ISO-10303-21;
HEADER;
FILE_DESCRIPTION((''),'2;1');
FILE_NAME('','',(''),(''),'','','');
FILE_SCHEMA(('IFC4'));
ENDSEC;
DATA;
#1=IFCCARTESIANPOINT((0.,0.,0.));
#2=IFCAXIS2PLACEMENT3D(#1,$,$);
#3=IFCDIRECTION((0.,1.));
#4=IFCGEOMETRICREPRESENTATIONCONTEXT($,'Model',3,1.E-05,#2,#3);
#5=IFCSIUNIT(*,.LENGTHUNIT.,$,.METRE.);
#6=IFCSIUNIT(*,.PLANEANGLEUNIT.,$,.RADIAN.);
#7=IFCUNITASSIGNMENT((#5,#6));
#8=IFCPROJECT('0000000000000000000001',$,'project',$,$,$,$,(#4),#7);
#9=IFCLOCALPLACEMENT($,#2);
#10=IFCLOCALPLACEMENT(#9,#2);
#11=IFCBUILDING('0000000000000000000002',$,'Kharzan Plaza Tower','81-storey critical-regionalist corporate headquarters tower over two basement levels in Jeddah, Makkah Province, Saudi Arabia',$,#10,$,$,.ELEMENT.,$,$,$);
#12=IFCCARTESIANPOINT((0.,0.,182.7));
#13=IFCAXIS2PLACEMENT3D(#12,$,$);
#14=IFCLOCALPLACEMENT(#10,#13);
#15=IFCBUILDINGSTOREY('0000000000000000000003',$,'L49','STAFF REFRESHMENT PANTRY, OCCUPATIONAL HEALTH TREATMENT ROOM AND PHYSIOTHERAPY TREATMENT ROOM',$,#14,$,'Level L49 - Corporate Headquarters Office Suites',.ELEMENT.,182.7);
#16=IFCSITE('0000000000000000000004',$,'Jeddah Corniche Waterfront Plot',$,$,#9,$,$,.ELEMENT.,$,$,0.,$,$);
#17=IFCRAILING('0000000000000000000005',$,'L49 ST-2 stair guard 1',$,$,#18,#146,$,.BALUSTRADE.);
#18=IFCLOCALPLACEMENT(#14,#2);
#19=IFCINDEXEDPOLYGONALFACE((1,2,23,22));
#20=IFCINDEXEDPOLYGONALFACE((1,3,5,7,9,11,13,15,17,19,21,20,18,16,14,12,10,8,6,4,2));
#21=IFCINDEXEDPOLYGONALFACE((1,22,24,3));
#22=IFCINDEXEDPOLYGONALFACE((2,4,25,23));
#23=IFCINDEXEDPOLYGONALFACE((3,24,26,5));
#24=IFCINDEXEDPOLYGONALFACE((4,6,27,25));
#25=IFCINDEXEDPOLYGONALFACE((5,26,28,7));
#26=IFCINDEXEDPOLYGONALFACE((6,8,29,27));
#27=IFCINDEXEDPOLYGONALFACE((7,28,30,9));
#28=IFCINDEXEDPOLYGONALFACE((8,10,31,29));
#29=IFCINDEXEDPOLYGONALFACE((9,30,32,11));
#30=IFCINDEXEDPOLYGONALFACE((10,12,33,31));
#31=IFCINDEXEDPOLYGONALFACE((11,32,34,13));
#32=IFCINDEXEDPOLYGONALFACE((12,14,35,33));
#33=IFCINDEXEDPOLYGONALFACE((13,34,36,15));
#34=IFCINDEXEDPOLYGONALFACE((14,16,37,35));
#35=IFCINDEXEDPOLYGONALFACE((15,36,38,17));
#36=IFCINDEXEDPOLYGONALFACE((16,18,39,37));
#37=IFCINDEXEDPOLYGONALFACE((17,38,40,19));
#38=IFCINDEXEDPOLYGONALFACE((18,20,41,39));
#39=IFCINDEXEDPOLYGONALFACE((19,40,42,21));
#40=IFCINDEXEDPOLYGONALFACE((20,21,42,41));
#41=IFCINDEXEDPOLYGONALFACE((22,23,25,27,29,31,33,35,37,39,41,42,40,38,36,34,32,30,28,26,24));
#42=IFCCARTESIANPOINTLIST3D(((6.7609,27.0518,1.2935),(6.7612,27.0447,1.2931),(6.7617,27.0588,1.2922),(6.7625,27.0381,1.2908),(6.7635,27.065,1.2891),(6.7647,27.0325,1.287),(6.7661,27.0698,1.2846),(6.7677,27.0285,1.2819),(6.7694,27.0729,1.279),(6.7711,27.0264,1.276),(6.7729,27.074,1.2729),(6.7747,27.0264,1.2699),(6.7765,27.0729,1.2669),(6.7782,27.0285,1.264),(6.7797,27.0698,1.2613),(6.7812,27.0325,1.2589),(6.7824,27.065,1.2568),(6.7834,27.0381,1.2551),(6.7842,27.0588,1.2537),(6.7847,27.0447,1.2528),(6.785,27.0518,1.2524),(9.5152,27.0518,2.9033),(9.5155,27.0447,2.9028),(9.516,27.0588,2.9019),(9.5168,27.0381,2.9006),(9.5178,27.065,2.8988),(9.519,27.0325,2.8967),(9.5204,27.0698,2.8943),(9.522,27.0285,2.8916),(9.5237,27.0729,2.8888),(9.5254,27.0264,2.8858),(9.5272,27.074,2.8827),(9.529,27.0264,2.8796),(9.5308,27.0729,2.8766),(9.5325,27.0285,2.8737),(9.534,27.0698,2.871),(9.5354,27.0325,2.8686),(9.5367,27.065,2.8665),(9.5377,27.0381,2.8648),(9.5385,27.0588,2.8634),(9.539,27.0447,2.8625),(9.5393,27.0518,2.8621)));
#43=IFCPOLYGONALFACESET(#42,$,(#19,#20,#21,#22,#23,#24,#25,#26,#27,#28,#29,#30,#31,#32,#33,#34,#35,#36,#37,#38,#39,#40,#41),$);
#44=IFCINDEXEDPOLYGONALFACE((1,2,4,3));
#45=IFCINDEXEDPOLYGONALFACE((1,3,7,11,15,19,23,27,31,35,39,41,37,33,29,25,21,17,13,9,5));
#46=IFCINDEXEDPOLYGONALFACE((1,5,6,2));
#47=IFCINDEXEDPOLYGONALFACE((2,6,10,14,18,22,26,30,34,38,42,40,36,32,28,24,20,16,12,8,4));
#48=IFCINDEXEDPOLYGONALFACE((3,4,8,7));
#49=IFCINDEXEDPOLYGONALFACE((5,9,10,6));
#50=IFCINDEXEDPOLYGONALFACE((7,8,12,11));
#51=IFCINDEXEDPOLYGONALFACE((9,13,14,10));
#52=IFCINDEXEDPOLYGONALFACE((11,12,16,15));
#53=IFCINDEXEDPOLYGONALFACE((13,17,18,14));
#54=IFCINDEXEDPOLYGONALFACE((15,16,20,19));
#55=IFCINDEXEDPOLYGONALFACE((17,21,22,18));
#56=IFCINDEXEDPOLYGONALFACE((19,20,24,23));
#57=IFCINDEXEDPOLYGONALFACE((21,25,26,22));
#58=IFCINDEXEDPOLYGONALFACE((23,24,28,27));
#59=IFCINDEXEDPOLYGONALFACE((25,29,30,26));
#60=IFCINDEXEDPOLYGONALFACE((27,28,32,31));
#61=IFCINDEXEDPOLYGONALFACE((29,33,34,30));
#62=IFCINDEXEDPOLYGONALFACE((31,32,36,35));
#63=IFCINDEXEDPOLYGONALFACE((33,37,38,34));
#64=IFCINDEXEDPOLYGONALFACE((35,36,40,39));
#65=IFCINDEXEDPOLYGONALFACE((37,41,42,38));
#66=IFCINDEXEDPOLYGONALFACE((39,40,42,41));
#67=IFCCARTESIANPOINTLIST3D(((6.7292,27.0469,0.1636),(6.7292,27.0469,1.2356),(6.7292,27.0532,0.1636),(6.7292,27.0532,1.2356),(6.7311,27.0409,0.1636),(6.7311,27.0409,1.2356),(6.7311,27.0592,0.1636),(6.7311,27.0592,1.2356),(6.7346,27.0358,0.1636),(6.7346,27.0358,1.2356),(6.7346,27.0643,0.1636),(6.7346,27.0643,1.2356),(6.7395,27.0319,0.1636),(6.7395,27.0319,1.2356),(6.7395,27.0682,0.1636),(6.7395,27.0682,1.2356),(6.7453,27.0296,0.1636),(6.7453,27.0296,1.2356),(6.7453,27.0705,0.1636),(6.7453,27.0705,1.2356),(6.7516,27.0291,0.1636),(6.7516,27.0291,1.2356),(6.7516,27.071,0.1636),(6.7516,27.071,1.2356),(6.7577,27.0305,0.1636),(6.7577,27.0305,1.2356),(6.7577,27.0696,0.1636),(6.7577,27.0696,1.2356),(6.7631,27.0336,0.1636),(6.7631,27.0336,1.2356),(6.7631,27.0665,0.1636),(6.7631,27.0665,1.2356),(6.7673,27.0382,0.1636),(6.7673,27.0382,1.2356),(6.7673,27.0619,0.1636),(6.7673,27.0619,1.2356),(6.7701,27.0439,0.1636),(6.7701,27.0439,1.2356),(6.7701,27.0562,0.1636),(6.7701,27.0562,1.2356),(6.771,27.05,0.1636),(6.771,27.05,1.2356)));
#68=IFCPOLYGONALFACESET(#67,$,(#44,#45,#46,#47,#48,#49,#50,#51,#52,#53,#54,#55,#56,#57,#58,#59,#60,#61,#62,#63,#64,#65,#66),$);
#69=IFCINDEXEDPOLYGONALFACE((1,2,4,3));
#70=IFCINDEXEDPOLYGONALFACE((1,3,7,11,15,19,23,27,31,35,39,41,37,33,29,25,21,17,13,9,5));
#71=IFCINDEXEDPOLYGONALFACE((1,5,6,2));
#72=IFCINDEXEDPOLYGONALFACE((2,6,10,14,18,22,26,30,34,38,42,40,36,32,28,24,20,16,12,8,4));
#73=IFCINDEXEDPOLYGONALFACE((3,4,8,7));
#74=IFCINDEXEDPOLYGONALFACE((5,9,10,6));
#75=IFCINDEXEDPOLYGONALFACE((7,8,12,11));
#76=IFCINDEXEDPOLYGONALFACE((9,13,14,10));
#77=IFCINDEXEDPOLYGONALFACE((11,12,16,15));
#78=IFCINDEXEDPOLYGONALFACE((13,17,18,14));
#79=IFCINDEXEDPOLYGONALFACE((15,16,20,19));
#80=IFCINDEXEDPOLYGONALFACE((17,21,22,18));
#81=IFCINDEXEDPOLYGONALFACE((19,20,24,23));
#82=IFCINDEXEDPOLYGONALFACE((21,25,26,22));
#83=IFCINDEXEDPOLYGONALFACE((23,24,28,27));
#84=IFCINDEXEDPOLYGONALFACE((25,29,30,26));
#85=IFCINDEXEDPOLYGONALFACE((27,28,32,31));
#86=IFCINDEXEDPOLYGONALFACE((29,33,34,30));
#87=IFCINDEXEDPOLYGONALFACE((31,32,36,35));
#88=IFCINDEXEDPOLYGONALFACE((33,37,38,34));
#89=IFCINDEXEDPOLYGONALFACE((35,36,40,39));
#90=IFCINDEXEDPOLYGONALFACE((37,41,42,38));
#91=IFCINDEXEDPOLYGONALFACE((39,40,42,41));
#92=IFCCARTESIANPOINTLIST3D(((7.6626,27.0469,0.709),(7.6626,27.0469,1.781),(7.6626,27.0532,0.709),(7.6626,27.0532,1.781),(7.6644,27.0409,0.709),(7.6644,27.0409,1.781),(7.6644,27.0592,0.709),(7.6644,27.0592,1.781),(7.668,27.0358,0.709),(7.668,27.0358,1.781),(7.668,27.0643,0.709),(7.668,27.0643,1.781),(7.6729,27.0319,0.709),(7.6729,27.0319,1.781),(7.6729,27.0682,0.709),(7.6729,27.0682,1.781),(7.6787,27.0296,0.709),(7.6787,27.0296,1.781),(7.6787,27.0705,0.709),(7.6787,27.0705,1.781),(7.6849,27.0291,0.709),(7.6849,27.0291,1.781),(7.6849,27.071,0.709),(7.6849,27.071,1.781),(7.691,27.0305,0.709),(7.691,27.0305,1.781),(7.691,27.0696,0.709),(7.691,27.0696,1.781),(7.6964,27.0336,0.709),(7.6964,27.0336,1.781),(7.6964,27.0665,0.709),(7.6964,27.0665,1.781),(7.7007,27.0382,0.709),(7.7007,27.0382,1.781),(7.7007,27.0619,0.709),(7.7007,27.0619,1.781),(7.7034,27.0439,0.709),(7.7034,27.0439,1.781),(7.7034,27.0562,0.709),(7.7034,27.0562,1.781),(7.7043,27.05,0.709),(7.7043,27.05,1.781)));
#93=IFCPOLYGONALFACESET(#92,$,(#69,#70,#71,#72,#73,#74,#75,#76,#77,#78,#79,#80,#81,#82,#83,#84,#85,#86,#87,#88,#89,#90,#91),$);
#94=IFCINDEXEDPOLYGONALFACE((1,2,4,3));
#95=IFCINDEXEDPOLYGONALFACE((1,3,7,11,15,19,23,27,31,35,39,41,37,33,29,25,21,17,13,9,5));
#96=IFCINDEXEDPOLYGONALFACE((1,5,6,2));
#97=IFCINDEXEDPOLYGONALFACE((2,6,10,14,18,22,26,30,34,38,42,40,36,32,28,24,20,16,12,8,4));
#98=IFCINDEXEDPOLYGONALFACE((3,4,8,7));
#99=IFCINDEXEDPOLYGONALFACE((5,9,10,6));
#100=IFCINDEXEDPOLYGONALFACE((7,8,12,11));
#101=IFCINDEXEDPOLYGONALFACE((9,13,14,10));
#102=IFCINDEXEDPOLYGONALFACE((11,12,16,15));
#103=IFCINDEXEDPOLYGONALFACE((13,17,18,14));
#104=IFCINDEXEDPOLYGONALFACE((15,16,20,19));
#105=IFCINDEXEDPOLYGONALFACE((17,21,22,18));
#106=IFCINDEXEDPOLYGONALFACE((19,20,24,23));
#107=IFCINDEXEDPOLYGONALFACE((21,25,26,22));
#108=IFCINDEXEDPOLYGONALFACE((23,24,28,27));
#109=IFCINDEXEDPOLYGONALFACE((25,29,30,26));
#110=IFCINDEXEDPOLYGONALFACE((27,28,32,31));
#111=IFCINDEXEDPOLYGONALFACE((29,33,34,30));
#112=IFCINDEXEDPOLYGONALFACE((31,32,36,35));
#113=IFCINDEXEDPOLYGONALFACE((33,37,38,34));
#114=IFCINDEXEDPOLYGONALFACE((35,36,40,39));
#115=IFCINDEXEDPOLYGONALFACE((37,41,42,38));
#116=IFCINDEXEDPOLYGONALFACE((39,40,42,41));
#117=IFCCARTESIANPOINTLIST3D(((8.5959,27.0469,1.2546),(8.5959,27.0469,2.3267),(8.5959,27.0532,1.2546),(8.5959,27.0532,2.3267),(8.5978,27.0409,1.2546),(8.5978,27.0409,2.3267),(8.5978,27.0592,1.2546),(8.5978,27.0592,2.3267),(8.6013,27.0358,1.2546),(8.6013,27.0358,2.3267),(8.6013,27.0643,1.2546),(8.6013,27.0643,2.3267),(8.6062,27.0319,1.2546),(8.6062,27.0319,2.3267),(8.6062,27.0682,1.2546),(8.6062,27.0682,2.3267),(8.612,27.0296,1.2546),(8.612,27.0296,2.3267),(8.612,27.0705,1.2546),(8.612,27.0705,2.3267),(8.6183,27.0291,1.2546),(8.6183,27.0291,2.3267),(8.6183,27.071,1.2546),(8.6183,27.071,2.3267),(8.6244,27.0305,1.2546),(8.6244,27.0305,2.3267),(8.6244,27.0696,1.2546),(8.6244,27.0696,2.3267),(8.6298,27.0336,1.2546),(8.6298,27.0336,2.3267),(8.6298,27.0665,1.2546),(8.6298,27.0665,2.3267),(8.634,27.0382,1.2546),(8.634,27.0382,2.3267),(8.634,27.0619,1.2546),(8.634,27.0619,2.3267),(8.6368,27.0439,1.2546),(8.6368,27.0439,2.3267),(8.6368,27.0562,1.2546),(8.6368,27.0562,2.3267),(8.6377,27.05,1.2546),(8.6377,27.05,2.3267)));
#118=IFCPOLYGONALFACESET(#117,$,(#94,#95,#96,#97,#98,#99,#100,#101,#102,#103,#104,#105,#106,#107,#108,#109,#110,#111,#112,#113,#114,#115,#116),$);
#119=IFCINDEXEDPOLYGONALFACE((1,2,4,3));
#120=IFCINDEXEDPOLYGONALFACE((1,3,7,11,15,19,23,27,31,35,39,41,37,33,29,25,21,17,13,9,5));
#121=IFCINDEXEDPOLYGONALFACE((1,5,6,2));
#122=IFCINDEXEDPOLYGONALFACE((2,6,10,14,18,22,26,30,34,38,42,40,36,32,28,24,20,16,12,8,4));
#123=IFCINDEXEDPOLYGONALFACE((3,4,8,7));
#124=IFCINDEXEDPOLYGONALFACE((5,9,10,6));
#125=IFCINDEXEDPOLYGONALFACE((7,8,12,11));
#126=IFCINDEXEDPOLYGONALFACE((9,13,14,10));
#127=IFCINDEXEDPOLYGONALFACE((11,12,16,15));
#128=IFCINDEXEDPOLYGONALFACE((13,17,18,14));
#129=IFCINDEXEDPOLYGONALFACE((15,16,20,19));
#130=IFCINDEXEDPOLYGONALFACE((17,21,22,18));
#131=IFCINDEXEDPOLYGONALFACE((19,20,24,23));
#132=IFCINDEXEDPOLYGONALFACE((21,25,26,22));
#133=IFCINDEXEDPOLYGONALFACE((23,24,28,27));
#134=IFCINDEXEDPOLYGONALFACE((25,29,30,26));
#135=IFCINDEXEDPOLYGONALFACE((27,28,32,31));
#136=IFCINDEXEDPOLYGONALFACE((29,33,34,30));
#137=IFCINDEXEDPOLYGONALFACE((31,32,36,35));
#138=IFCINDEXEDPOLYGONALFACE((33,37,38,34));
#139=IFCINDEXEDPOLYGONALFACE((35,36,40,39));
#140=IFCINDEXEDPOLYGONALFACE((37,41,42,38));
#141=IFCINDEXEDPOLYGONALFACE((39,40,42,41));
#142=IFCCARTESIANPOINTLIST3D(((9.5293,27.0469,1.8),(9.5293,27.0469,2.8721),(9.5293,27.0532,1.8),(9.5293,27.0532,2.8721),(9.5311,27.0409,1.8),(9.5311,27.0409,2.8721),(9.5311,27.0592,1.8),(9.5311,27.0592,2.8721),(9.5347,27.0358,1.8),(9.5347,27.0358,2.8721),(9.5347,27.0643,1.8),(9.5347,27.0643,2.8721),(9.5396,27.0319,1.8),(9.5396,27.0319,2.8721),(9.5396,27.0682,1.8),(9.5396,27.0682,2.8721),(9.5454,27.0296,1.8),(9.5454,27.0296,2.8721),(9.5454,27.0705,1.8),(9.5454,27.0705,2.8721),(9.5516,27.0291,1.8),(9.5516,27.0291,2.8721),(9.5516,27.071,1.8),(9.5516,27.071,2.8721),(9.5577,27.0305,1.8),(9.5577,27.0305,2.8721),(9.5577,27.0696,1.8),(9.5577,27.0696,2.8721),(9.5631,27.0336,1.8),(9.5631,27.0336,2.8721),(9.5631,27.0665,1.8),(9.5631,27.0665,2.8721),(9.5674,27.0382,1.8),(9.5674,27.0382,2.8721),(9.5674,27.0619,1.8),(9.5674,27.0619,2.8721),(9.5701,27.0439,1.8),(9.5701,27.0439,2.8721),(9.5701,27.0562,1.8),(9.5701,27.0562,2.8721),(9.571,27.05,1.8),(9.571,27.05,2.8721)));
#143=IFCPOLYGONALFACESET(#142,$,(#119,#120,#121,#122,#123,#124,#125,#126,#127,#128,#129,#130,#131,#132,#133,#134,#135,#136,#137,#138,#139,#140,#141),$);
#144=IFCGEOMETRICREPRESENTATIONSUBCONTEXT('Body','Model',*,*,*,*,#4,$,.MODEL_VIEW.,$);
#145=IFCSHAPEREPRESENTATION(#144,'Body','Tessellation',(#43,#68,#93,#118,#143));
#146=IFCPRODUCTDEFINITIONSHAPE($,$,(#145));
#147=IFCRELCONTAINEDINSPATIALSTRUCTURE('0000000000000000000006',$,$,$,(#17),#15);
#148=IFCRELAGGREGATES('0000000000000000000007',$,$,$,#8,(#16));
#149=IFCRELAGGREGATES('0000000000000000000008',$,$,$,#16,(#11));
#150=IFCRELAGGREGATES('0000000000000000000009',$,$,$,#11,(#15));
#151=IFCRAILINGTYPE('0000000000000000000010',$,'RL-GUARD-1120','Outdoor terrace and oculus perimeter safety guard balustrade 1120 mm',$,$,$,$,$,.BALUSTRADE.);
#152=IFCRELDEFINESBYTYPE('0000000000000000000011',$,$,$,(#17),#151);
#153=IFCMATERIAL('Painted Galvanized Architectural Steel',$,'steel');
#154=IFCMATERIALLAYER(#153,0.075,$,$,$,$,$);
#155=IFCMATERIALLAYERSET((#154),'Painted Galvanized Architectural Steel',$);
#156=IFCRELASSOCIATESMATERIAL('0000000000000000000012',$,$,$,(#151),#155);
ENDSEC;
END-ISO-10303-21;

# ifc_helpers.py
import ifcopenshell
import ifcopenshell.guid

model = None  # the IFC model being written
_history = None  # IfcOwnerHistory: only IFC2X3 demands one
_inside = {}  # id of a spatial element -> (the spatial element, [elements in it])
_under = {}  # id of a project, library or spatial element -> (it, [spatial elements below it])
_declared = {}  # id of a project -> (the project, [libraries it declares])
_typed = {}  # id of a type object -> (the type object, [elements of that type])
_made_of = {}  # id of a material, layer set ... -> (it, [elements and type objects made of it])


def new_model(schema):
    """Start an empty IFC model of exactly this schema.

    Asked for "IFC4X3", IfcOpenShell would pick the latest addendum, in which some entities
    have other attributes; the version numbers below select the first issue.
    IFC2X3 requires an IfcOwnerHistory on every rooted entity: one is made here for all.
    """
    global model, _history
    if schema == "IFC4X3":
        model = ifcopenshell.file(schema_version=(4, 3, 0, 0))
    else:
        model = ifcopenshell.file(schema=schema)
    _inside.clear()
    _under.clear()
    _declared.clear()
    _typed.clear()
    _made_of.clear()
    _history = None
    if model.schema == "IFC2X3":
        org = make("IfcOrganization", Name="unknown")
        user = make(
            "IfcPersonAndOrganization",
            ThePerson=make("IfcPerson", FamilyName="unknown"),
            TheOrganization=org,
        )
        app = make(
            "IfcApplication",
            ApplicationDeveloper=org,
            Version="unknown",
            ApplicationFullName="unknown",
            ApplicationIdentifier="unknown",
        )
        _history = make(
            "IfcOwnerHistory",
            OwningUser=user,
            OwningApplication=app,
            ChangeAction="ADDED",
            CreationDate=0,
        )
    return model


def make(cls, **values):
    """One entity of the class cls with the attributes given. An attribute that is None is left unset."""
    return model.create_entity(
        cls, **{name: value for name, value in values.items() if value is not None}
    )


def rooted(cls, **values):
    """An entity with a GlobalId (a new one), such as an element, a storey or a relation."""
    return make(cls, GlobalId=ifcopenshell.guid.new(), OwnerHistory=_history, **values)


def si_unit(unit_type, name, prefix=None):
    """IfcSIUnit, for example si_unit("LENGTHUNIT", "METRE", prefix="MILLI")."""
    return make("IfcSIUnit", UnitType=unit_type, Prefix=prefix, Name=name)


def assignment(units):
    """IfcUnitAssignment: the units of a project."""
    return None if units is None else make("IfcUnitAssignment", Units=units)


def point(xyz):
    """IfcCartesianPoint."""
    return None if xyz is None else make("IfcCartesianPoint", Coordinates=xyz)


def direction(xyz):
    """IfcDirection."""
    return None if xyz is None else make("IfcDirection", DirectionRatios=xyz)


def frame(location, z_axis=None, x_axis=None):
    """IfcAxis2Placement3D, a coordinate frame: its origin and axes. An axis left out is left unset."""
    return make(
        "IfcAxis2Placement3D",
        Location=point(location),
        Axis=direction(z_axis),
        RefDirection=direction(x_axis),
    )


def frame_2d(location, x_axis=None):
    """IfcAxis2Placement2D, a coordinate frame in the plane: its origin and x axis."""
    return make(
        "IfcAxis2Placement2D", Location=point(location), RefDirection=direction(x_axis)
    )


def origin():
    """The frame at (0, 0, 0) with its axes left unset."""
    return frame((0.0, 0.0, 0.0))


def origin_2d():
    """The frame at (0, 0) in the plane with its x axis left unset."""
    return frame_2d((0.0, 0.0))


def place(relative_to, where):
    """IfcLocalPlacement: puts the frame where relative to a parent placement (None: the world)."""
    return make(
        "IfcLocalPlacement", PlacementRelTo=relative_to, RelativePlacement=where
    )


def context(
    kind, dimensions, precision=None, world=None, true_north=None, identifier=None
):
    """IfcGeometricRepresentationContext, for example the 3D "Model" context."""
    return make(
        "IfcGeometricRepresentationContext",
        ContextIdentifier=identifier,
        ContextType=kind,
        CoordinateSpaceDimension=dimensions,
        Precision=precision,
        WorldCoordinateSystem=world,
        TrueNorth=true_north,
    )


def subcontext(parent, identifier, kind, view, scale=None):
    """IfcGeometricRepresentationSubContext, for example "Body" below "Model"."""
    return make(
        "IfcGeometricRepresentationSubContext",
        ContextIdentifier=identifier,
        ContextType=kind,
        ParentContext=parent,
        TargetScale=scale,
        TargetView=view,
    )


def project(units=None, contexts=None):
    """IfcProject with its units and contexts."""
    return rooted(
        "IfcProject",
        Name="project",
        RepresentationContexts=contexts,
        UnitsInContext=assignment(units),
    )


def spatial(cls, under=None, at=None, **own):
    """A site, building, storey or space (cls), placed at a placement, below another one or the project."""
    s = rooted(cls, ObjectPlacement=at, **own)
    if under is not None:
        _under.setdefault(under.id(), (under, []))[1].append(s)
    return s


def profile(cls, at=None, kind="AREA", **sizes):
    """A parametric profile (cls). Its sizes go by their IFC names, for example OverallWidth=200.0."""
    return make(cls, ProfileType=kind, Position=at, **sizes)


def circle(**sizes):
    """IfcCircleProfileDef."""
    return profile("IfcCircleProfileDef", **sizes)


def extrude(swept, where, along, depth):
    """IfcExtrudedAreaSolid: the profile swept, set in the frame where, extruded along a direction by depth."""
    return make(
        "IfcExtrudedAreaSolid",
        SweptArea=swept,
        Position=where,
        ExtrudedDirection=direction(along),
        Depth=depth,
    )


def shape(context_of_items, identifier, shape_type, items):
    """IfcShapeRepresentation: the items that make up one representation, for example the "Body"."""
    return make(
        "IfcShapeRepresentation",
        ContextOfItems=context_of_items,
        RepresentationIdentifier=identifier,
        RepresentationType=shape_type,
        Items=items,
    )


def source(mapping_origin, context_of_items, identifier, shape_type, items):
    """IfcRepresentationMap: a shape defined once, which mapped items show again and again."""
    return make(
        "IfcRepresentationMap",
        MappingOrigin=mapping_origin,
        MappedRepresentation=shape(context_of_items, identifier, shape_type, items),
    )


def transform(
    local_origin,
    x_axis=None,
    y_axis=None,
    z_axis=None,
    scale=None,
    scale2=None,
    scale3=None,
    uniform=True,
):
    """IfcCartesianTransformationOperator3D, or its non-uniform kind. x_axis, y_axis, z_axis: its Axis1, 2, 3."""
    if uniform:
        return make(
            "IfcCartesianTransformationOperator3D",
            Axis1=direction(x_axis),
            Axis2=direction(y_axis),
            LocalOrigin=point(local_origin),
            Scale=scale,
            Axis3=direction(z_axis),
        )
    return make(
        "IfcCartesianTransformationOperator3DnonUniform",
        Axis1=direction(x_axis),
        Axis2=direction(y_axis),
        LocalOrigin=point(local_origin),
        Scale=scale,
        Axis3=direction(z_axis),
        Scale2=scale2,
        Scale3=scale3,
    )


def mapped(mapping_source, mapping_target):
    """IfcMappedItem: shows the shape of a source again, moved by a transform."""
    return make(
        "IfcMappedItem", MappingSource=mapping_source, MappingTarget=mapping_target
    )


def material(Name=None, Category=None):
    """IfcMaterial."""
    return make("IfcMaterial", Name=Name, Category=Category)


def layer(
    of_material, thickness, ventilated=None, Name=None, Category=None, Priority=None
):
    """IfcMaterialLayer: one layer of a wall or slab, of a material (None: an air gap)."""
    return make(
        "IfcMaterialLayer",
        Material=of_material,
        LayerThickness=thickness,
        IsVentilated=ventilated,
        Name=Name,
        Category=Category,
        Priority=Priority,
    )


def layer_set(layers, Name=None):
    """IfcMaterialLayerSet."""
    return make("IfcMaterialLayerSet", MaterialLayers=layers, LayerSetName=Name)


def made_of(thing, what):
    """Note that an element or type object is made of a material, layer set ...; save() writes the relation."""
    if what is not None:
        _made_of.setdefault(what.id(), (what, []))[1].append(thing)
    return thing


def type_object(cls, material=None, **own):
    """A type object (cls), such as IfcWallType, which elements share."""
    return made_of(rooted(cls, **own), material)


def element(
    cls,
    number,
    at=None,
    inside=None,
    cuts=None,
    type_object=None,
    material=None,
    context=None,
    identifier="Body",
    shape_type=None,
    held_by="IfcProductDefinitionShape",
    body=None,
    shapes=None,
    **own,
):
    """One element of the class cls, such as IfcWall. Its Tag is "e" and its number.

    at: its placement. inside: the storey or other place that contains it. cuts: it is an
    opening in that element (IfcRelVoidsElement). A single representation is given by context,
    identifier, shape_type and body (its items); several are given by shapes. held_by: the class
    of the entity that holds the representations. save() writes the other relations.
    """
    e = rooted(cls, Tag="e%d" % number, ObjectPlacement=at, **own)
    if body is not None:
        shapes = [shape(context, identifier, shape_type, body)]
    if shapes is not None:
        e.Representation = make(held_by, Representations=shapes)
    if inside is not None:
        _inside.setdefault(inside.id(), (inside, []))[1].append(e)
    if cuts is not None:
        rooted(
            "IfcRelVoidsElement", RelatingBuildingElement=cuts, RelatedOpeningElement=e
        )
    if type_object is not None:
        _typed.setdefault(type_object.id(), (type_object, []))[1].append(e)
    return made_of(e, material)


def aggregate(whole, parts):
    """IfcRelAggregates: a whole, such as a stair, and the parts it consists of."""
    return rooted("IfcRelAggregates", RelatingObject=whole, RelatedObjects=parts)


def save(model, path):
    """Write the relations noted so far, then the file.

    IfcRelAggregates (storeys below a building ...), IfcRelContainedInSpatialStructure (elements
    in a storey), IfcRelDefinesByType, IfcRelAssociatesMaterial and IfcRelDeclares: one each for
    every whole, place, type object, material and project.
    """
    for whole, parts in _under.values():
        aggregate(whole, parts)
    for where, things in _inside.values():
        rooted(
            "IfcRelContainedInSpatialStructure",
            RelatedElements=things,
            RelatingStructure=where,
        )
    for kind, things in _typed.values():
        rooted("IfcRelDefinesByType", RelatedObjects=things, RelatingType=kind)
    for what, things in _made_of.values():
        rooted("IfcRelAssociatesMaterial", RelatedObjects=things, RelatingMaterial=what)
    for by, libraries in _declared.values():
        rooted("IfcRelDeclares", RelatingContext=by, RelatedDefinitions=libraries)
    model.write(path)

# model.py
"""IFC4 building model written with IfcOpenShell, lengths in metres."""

from ifc_helpers import new_model, si_unit, direction, frame, origin, origin_2d, place, context, subcontext, project, spatial, circle, extrude, source, transform, mapped, material, layer, layer_set, type_object, element, save


model = new_model("IFC4")

# Units and contexts
model_context = context("Model", 3, precision=1e-05, world=origin(), true_north=direction((0.0, 1.0)))
body_context = subcontext(model_context, "Body", "Model", "MODEL_VIEW")
ifc_project = project(units=[si_unit("LENGTHUNIT", "METRE"), si_unit("PLANEANGLEUNIT", "RADIAN")], contexts=[model_context])

# Site, building, storey
site_placement = place(None, origin())
site = spatial("IfcSite", under=ifc_project, at=site_placement, Name="Jeddah Corniche Waterfront Plot", CompositionType="ELEMENT", RefElevation=0.0)
building_placement = place(site_placement, origin())
building = spatial("IfcBuilding", under=site, at=building_placement, Name="Kharzan Plaza Tower", Description="81-storey critical-regionalist corporate headquarters tower over two basement levels in Jeddah, Makkah Province, Saudi Arabia", CompositionType="ELEMENT")
storey_placement = place(building_placement, frame((0.0, 0.0, 182.7)))
storey = spatial("IfcBuildingStorey", under=building, at=storey_placement, Name="L49", Description="STAFF REFRESHMENT PANTRY, OCCUPATIONAL HEALTH TREATMENT ROOM AND PHYSIOTHERAPY TREATMENT ROOM", LongName="Level L49 - Corporate Headquarters Office Suites", CompositionType="ELEMENT", Elevation=182.7)

# Railing
ifc_material_1 = material(Name="Painted Galvanized Architectural Steel", Category="steel")
ifc_layer_1 = layer(ifc_material_1, 0.075)
ifc_layer_set_1 = layer_set([ifc_layer_1], Name="Painted Galvanized Architectural Steel")
railing_type_1 = type_object("IfcRailingType", Name="RL-GUARD-1120", Description="Outdoor terrace and oculus perimeter safety guard balustrade 1120 mm", PredefinedType="BALUSTRADE", material=ifc_layer_set_1)
shared_shape_1 = source(origin(), body_context, "Body", "SweptSolid", [
    extrude(circle(Radius=0.0239, at=origin_2d()), frame((0.0229, 0.0, 1.1094), z_axis=(0.863361, 0.0, 0.504587), x_axis=(0.0, 1.0, 0.0)), (0.0, 0.0, 1.0), 3.1902),
    extrude(circle(Radius=0.021, at=origin_2d()), origin(), (0.0, 0.0, 1.0), 1.072),
    extrude(circle(Radius=0.021, at=origin_2d()), frame((0.9333, 0.0, 0.5454)), (0.0, 0.0, 1.0), 1.072),
    extrude(circle(Radius=0.021, at=origin_2d()), frame((1.8667, 0.0, 1.0911)), (0.0, 0.0, 1.0), 1.072),
    extrude(circle(Radius=0.021, at=origin_2d()), frame((2.8, 0.0, 1.6365)), (0.0, 0.0, 1.0), 1.072),
])
railing_1_placement = place(storey_placement, frame((6.75, 27.05, 0.1636)))
element("IfcRailing", 1, at=railing_1_placement, inside=storey, type_object=railing_type_1, Name="L49 ST-2 stair guard 1", PredefinedType="BALUSTRADE", context=body_context, shape_type="MappedRepresentation", body=[
    mapped(shared_shape_1, transform((0.0, 0.0, 0.0), x_axis=(1.0, 0.0, 0.0), y_axis=(0.0, 1.0, 0.0), z_axis=(0.0, 0.0, 1.0))),
])

save(model, "model.ifc")
